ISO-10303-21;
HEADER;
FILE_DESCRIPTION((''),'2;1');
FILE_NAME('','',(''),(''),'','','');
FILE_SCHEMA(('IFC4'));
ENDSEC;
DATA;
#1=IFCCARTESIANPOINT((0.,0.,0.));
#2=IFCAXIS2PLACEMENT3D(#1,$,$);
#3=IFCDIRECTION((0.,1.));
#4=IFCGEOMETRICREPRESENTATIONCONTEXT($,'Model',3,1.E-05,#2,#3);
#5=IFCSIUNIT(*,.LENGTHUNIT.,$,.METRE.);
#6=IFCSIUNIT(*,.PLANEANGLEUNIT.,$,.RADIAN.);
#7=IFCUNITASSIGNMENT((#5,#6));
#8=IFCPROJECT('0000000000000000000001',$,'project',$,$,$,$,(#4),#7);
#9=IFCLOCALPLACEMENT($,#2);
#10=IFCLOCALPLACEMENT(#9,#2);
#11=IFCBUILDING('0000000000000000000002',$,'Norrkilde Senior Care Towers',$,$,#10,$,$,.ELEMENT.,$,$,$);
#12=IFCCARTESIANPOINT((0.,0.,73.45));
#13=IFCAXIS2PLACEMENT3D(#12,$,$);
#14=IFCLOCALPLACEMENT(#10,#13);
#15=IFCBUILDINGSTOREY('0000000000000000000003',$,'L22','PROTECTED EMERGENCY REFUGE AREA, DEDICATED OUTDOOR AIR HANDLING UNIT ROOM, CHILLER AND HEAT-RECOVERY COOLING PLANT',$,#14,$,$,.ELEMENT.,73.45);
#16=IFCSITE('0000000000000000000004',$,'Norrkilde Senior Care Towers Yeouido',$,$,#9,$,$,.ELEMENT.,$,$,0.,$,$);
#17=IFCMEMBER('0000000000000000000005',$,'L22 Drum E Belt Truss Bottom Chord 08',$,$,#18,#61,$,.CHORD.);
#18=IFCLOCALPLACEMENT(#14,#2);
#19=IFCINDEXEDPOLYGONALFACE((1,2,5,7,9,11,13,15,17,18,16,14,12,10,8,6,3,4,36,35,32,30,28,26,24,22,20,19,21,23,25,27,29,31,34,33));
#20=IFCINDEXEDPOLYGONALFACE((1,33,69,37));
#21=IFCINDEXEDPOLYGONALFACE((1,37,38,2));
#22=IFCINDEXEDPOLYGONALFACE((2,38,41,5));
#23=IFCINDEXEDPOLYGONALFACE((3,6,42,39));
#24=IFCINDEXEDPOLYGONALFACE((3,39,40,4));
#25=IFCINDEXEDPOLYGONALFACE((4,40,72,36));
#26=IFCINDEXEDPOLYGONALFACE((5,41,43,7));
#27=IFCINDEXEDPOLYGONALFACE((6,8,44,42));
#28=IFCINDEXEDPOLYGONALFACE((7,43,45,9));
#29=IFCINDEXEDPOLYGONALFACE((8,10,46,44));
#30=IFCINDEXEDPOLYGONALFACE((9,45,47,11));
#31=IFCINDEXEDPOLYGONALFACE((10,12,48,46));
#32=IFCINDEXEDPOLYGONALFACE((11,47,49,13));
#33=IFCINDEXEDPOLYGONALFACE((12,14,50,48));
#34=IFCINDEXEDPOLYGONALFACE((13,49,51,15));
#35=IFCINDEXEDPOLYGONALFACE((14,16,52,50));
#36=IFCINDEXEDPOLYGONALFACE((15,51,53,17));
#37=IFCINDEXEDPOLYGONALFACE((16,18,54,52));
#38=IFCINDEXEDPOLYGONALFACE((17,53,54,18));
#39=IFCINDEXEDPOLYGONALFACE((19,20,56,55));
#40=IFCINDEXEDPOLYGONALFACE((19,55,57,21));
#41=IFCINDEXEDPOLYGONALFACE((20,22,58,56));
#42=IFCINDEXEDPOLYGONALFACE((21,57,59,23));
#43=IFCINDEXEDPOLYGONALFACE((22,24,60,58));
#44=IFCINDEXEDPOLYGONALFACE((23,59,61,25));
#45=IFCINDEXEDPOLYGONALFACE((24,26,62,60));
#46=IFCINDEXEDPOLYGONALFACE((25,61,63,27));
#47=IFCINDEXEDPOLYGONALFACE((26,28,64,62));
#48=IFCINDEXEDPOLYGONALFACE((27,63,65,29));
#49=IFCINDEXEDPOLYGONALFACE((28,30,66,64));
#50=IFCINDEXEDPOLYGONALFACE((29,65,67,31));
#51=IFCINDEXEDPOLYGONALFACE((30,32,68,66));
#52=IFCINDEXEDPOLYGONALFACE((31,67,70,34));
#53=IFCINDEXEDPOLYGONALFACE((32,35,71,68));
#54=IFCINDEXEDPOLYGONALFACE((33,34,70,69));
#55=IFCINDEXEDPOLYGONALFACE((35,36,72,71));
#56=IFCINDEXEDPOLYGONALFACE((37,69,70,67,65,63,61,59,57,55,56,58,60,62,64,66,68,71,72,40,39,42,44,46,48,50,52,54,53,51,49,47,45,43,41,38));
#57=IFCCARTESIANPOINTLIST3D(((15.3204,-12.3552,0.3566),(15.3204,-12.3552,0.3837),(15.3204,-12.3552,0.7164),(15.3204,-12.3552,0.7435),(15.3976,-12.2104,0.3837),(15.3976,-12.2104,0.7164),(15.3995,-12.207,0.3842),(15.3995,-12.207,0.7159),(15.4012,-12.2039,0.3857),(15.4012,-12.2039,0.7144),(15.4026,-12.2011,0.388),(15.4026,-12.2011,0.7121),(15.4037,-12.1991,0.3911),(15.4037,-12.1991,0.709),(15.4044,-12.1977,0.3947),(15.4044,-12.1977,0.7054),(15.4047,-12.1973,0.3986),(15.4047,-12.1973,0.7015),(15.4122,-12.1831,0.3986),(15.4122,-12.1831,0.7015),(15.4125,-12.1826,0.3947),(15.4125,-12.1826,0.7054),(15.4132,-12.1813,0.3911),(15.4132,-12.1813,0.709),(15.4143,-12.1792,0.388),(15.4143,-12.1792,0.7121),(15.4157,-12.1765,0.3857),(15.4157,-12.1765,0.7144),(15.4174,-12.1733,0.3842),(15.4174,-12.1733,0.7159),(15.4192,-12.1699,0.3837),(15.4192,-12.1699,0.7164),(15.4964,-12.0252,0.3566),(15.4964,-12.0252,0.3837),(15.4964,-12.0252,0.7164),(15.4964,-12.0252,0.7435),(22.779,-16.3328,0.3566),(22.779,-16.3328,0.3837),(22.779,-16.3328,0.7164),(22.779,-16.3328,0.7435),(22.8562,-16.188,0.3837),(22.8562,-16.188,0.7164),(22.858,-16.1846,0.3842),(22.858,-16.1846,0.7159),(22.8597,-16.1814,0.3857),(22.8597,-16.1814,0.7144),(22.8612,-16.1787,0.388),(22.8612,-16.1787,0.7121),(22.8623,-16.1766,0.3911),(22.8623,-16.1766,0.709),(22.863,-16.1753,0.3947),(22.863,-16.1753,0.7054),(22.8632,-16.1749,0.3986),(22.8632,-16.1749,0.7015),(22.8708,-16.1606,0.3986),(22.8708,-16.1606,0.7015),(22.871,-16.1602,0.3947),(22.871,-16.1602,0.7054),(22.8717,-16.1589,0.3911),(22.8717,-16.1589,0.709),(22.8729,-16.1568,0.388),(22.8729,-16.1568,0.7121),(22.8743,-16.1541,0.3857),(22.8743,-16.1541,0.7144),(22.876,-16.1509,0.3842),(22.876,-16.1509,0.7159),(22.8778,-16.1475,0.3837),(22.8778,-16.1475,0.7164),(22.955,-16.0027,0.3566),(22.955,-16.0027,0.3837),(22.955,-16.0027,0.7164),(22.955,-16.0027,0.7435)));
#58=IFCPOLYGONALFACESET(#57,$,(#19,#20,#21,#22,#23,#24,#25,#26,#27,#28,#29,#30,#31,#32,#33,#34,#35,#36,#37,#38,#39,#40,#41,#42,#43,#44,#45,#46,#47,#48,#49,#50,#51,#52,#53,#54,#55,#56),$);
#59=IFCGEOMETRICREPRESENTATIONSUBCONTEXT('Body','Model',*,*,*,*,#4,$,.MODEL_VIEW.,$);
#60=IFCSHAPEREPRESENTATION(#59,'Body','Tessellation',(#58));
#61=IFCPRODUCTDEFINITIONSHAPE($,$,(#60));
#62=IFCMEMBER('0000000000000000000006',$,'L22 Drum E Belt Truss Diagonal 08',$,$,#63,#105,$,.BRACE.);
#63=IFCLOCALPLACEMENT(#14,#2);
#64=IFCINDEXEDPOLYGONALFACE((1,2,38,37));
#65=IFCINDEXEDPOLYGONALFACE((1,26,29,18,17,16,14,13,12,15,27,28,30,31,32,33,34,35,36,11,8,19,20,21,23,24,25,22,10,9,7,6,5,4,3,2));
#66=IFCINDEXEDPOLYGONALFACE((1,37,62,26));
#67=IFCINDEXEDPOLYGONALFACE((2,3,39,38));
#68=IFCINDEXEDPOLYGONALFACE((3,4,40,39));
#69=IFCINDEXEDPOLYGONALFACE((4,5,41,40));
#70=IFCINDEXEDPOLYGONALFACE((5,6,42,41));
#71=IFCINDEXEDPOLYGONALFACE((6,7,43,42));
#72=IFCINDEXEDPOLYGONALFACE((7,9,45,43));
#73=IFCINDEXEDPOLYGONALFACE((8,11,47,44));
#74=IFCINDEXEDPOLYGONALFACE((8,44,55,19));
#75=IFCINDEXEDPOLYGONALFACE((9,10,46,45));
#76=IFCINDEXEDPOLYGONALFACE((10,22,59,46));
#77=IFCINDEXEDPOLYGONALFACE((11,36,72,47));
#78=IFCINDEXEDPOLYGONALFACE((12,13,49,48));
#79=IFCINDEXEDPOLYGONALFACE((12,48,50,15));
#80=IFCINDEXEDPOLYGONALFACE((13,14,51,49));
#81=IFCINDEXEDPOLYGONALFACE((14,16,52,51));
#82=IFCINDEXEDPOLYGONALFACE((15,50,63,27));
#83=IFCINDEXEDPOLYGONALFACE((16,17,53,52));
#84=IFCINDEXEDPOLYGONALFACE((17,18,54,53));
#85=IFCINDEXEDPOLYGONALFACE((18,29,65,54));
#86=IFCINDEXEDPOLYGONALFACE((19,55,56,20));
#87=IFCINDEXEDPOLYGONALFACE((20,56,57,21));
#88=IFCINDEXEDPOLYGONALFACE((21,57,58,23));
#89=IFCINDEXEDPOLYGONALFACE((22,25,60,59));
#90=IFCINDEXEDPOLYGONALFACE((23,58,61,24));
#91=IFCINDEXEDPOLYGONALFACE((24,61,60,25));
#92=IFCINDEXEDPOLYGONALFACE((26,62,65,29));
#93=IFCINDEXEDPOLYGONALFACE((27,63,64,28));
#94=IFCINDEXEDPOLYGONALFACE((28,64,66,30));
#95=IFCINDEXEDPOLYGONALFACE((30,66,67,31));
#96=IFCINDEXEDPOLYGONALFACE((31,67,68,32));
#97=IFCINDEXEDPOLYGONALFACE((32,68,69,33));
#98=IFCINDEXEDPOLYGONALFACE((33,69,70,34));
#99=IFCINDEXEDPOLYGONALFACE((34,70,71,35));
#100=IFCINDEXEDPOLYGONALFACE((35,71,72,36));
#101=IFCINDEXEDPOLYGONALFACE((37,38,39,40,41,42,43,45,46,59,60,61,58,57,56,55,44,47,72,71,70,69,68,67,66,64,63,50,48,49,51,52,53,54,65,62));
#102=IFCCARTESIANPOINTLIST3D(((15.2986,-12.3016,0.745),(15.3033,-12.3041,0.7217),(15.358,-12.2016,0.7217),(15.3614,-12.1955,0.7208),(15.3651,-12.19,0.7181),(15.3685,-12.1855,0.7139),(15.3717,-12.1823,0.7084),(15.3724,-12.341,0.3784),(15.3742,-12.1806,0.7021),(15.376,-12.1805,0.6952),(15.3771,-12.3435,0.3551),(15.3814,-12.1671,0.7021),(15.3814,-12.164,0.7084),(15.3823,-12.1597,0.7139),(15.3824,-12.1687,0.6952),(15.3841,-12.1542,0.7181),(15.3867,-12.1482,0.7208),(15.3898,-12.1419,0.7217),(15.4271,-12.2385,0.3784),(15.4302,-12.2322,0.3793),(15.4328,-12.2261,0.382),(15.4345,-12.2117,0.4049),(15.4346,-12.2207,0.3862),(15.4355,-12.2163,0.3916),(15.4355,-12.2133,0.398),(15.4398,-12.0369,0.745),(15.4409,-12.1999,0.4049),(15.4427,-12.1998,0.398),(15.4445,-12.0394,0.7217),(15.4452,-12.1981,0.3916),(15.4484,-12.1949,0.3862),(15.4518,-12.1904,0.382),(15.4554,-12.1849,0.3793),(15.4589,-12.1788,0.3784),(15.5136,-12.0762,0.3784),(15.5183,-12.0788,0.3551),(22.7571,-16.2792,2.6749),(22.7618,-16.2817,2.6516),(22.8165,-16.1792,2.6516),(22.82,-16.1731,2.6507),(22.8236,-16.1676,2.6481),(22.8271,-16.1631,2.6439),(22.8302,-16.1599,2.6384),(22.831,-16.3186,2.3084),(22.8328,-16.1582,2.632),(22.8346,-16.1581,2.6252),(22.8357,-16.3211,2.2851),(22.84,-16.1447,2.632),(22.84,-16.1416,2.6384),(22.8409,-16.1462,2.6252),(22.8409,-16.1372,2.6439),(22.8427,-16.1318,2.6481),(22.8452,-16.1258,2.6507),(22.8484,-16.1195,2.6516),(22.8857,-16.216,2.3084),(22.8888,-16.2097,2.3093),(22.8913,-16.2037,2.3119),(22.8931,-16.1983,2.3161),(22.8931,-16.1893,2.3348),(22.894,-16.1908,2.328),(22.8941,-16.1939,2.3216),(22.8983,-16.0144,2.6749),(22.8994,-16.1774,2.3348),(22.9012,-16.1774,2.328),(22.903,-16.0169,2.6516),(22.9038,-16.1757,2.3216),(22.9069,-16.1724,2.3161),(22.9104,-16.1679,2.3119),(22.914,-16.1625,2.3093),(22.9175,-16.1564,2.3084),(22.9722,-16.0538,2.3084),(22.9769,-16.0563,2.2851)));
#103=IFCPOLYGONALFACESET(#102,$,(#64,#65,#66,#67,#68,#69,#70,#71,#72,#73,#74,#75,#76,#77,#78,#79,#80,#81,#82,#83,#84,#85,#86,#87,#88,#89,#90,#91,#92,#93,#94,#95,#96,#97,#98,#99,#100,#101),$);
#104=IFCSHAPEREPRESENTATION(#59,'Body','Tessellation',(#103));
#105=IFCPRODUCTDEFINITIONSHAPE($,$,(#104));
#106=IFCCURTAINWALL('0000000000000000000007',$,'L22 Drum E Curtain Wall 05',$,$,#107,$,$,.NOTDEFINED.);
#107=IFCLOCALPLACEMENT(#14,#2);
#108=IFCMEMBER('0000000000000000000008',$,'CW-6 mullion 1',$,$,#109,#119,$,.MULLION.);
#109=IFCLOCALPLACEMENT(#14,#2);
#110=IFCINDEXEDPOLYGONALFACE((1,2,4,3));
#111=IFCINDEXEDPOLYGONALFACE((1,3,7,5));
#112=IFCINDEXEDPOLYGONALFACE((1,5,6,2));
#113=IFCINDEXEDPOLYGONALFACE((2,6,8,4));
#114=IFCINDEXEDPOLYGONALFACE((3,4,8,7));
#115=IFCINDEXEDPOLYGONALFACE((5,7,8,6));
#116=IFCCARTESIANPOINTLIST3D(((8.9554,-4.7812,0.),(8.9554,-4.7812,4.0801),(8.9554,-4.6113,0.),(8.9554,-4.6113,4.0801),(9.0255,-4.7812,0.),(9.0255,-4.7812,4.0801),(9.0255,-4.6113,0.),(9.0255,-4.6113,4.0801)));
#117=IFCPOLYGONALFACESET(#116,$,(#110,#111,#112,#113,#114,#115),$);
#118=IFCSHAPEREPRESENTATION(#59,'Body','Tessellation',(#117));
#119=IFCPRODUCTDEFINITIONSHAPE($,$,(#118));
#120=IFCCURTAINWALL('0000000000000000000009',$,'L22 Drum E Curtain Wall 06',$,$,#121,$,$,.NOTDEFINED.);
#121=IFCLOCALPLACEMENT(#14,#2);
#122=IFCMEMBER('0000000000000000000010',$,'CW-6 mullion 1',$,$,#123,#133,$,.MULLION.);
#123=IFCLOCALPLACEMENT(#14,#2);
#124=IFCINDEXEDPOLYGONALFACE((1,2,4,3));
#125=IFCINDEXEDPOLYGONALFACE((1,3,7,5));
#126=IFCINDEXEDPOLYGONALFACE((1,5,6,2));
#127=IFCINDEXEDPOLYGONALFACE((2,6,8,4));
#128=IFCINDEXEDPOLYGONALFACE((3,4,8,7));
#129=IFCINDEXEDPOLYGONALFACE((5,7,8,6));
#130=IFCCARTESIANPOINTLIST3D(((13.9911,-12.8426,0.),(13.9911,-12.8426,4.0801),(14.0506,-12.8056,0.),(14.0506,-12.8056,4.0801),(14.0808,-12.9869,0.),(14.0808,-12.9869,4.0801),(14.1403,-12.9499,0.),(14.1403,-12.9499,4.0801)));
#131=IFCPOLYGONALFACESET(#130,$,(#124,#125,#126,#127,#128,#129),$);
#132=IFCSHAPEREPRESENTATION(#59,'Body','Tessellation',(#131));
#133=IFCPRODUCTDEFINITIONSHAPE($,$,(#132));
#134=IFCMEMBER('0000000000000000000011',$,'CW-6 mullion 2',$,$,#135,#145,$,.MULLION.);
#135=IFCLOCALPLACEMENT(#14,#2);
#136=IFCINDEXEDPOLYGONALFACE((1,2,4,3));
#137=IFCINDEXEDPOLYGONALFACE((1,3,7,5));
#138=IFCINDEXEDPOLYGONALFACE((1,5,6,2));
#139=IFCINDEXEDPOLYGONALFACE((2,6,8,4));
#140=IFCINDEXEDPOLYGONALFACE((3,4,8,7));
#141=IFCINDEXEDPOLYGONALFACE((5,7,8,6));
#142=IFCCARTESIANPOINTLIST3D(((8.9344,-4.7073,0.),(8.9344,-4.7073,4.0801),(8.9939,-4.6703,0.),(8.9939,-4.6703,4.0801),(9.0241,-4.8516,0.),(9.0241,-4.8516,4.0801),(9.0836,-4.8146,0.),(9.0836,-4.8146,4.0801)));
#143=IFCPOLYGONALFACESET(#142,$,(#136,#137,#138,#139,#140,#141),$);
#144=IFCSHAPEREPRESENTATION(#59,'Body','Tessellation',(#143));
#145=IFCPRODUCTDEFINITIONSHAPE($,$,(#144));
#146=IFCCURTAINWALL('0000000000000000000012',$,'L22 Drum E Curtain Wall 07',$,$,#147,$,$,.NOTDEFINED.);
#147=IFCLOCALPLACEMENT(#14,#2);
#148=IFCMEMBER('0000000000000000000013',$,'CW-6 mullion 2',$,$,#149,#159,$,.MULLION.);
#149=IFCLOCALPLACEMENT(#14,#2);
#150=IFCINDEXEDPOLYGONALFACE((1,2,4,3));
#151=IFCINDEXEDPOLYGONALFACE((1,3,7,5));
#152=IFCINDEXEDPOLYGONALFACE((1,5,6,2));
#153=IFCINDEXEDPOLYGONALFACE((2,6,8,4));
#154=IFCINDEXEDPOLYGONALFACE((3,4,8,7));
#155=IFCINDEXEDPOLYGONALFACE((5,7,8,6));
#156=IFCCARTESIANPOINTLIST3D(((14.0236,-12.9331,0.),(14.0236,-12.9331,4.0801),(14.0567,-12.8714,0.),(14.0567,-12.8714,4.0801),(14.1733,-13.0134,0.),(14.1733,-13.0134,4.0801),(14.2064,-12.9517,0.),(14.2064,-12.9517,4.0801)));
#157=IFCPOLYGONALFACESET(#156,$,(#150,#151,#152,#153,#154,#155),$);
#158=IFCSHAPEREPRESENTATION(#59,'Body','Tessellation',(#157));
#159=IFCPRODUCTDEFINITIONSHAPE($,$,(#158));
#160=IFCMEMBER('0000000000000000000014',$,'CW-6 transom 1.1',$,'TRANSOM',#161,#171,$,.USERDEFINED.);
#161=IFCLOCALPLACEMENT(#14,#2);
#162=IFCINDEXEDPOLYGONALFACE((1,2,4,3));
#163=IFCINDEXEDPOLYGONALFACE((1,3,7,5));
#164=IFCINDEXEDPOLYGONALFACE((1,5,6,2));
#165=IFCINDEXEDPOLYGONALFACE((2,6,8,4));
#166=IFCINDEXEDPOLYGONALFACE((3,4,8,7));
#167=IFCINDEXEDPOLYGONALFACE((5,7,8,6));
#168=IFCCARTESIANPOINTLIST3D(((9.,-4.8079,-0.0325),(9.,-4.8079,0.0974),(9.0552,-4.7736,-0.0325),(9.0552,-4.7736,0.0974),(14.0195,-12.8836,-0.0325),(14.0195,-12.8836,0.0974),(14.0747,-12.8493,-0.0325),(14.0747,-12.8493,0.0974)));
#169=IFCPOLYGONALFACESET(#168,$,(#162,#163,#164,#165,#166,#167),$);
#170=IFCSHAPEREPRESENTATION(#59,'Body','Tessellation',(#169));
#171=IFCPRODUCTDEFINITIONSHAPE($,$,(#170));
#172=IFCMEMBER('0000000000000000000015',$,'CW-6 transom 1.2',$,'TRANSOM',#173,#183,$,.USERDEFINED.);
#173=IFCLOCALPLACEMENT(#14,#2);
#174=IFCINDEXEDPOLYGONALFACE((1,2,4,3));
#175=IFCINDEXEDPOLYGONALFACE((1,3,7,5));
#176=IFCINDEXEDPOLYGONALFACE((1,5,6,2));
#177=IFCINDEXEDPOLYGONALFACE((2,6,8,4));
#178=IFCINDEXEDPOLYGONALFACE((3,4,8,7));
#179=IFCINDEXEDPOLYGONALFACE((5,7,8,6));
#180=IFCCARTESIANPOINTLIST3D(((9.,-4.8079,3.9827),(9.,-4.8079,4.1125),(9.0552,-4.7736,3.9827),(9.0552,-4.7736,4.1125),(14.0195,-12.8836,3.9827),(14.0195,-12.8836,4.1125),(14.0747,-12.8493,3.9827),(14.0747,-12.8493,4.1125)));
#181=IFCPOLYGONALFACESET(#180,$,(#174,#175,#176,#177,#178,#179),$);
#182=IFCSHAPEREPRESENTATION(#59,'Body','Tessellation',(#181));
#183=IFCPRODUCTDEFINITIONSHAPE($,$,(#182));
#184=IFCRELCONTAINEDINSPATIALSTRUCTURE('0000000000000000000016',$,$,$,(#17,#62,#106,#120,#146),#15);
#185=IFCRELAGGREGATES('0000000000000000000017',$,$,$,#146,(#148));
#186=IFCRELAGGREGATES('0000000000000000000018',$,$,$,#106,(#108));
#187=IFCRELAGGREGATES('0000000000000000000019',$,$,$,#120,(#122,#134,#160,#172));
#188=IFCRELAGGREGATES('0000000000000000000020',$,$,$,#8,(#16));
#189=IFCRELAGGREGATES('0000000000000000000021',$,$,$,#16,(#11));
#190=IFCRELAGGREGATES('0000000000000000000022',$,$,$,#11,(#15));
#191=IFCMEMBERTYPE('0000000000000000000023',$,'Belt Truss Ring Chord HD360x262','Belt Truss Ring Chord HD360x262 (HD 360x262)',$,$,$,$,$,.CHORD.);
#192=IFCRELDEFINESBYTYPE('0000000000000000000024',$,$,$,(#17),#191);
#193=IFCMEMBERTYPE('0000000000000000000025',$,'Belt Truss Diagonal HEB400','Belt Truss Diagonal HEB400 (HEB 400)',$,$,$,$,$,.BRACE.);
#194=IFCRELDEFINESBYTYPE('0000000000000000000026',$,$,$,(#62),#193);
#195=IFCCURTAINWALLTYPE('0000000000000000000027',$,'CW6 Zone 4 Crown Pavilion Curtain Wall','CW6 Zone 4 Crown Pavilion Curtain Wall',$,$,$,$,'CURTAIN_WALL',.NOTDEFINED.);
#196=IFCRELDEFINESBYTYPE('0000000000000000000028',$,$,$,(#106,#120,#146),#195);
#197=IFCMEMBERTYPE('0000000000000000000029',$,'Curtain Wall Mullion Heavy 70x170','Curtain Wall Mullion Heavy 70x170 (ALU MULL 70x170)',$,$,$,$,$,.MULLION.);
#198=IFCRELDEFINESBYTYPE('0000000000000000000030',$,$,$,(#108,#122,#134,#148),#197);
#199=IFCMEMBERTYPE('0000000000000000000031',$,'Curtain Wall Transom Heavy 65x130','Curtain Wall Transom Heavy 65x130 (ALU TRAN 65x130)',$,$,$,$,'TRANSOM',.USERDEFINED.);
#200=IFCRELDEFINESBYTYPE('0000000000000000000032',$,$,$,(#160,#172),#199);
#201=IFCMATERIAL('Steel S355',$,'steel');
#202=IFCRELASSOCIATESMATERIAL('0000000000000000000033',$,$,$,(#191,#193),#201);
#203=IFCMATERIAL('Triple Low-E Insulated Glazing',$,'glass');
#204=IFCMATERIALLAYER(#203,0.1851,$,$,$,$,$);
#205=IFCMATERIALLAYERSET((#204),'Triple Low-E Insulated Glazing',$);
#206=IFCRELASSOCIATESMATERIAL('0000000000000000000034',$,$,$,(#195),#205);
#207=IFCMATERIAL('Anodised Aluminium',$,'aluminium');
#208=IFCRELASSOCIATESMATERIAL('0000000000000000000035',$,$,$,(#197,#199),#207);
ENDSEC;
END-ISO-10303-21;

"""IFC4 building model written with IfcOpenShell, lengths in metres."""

from ifc_helpers import new_model, si_unit, direction, frame, origin, origin_2d, place, context, subcontext, project, spatial, rectangle, i_section, extrude, source, transform, mapped, material, layer, layer_set, material_profile, profile_set, type_object, type_shapes, element, aggregate, save


model = new_model("IFC4")

# Units and contexts
model_context = context("Model", 3, precision=1e-05, world=origin(), true_north=direction((0.0, 1.0)))
body_context = subcontext(model_context, "Body", "Model", "MODEL_VIEW")
ifc_project = project(units=[si_unit("LENGTHUNIT", "METRE"), si_unit("PLANEANGLEUNIT", "RADIAN")], contexts=[model_context])

# Site, building, storey
site_placement = place(None, origin())
site = spatial("IfcSite", under=ifc_project, at=site_placement, Name="Norrkilde Senior Care Towers Yeouido", CompositionType="ELEMENT", RefElevation=0.0)
building_placement = place(site_placement, origin())
building = spatial("IfcBuilding", under=site, at=building_placement, Name="Norrkilde Senior Care Towers", CompositionType="ELEMENT")
storey_placement = place(building_placement, frame((0.0, 0.0, 73.45)))
storey = spatial("IfcBuildingStorey", under=building, at=storey_placement, Name="L22", Description="PROTECTED EMERGENCY REFUGE AREA, DEDICATED OUTDOOR AIR HANDLING UNIT ROOM, CHILLER AND HEAT-RECOVERY COOLING PLANT", CompositionType="ELEMENT", Elevation=73.45)

# Members
ifc_material_1 = material(Name="Steel S355", Category="steel")
ifc_material_profile_1 = material_profile(ifc_material_1, i_section(OverallWidth=0.374, OverallDepth=0.387, WebThickness=0.0161, FlangeThickness=0.0271, FilletRadius=0.0149, at=origin_2d()), Name="HD 360x262")
ifc_profile_set_1 = profile_set([ifc_material_profile_1], Name="Steel S355")
member_type_1 = type_object("IfcMemberType", Name="Belt Truss Ring Chord HD360x262", Description="Belt Truss Ring Chord HD360x262 (HD 360x262)", PredefinedType="CHORD", material=ifc_profile_set_1)
ifc_material_profile_2 = material_profile(ifc_material_1, i_section(OverallWidth=0.3, OverallDepth=0.3999, WebThickness=0.0134, FlangeThickness=0.0239, FilletRadius=0.0271, at=origin_2d()), Name="HEB 400")
ifc_profile_set_2 = profile_set([ifc_material_profile_2], Name="Steel S355")
member_type_2 = type_object("IfcMemberType", Name="Belt Truss Diagonal HEB400", Description="Belt Truss Diagonal HEB400 (HEB 400)", PredefinedType="BRACE", material=ifc_profile_set_2)
shared_shape_1 = source(origin(), body_context, "Body", "SweptSolid", [
    extrude(i_section(OverallWidth=0.374, OverallDepth=0.387, WebThickness=0.0161, FlangeThickness=0.0271, FilletRadius=0.0149, at=origin_2d()), origin(), (0.0, 0.0, 1.0), 8.4529),
])
member_1_placement = place(storey_placement, frame((15.4084, -12.1902, 0.55), z_axis=(0.882369, -0.470558, 0.0), x_axis=(0.470558, 0.882369, 0.0)))
element("IfcMember", 1, at=member_1_placement, inside=storey, type_object=member_type_1, Name="L22 Drum E Belt Truss Bottom Chord 08", PredefinedType="CHORD", context=body_context, shape_type="MappedRepresentation", body=[
    mapped(shared_shape_1, transform((0.0, 0.0, 0.0), x_axis=(1.0, 0.0, 0.0), y_axis=(0.0, 1.0, 0.0), z_axis=(0.0, 0.0, 1.0), scale=1.0)),
])
shared_shape_2 = source(origin(), body_context, "Body", "SweptSolid", [
    extrude(i_section(OverallWidth=0.3, OverallDepth=0.3999, WebThickness=0.0134, FlangeThickness=0.0239, FilletRadius=0.0271, at=origin_2d()), origin(), (0.0, 0.0, 1.0), 8.6704),
])
member_2_placement = place(storey_placement, frame((15.4084, -12.1902, 0.55), z_axis=(0.860232, -0.458753, 0.22259), x_axis=(0.470558, 0.882369, 0.0)))
element("IfcMember", 2, at=member_2_placement, inside=storey, type_object=member_type_2, Name="L22 Drum E Belt Truss Diagonal 08", PredefinedType="BRACE", context=body_context, shape_type="MappedRepresentation", body=[
    mapped(shared_shape_2, transform((0.0, 0.0, 0.0), x_axis=(1.0, 0.0, 0.0), y_axis=(0.0, 1.0, 0.0), z_axis=(0.0, 0.0, 1.0), scale=1.0)),
])

# Curtain wall, member
ifc_material_2 = material(Name="Triple Low-E Insulated Glazing", Category="glass")
ifc_layer_1 = layer(ifc_material_2, 0.1851)
ifc_layer_set_1 = layer_set([ifc_layer_1], Name="Triple Low-E Insulated Glazing")
curtain_wall_type = type_object("IfcCurtainWallType", Name="CW6 Zone 4 Crown Pavilion Curtain Wall", Description="CW6 Zone 4 Crown Pavilion Curtain Wall", ElementType="CURTAIN_WALL", PredefinedType="NOTDEFINED", material=ifc_layer_set_1)
curtain_wall_1_placement = place(storey_placement, origin())
curtain_wall_1 = element("IfcCurtainWall", 3, at=curtain_wall_1_placement, inside=storey, type_object=curtain_wall_type, Name="L22 Drum E Curtain Wall 05", PredefinedType="NOTDEFINED")
ifc_material_3 = material(Name="Anodised Aluminium", Category="aluminium")
ifc_material_profile_3 = material_profile(ifc_material_3, rectangle(XDim=0.0701, YDim=0.1699, at=origin_2d()), Name="ALU MULL 70x170")
ifc_profile_set_3 = profile_set([ifc_material_profile_3], Name="Anodised Aluminium")
member_type_3 = type_object("IfcMemberType", Name="Curtain Wall Mullion Heavy 70x170", Description="Curtain Wall Mullion Heavy 70x170 (ALU MULL 70x170)", PredefinedType="MULLION", material=ifc_profile_set_3)
shared_shape_3 = source(origin(), body_context, "Body", "SweptSolid", [
    extrude(rectangle(XDim=0.0701, YDim=0.1699, at=origin_2d()), origin(), (0.0, 0.0, 1.0), 4.0801),
])
type_shapes(member_type_3, [shared_shape_3])
member_3_placement = place(storey_placement, frame((8.9905, -4.6963, 0.0), z_axis=(0.0, 0.0, 1.0), x_axis=(-1.0, 0.0, 0.0)))
member_3 = element("IfcMember", 4, at=member_3_placement, type_object=member_type_3, Name="CW-6 mullion 1", PredefinedType="MULLION", context=body_context, shape_type="MappedRepresentation", body=[
    mapped(shared_shape_3, transform((0.0, 0.0, 0.0), x_axis=(1.0, 0.0, 0.0), y_axis=(0.0, 1.0, 0.0), z_axis=(0.0, 0.0, 1.0), scale=1.0)),
])

# Curtain wall, members
curtain_wall_2_placement = place(storey_placement, origin())
curtain_wall_2 = element("IfcCurtainWall", 5, at=curtain_wall_2_placement, inside=storey, type_object=curtain_wall_type, Name="L22 Drum E Curtain Wall 06", PredefinedType="NOTDEFINED")
member_4_placement = place(storey_placement, frame((14.0657, -12.8962, 0.0), z_axis=(0.0, 0.0, 1.0), x_axis=(-0.849306, -0.527901, 0.0)))
member_4 = element("IfcMember", 6, at=member_4_placement, type_object=member_type_3, Name="CW-6 mullion 1", PredefinedType="MULLION", context=body_context, shape_type="MappedRepresentation", body=[
    mapped(shared_shape_3, transform((0.0, 0.0, 0.0), x_axis=(1.0, 0.0, 0.0), y_axis=(0.0, 1.0, 0.0), z_axis=(0.0, 0.0, 1.0), scale=1.0)),
])
member_5_placement = place(storey_placement, frame((9.009, -4.761, 0.0), z_axis=(0.0, 0.0, 1.0), x_axis=(-0.849306, -0.527901, 0.0)))
member_5 = element("IfcMember", 7, at=member_5_placement, type_object=member_type_3, Name="CW-6 mullion 2", PredefinedType="MULLION", context=body_context, shape_type="MappedRepresentation", body=[
    mapped(shared_shape_3, transform((0.0, 0.0, 0.0), x_axis=(1.0, 0.0, 0.0), y_axis=(0.0, 1.0, 0.0), z_axis=(0.0, 0.0, 1.0), scale=1.0)),
])

# Curtain wall, member
curtain_wall_3_placement = place(storey_placement, origin())
curtain_wall_3 = element("IfcCurtainWall", 8, at=curtain_wall_3_placement, inside=storey, type_object=curtain_wall_type, Name="L22 Drum E Curtain Wall 07", PredefinedType="NOTDEFINED")
member_6_placement = place(storey_placement, frame((14.115, -12.9424, 0.0), z_axis=(0.0, 0.0, 1.0), x_axis=(-0.472608, -0.881273, 0.0)))
member_6 = element("IfcMember", 9, at=member_6_placement, type_object=member_type_3, Name="CW-6 mullion 2", PredefinedType="MULLION", context=body_context, shape_type="MappedRepresentation", body=[
    mapped(shared_shape_3, transform((0.0, 0.0, 0.0), x_axis=(1.0, 0.0, 0.0), y_axis=(0.0, 1.0, 0.0), z_axis=(0.0, 0.0, 1.0), scale=1.0)),
])
aggregate(curtain_wall_3, [member_6])

# Members
ifc_material_profile_4 = material_profile(ifc_material_3, rectangle(XDim=0.0649, YDim=0.1299, at=origin_2d()), Name="ALU TRAN 65x130")
ifc_profile_set_4 = profile_set([ifc_material_profile_4], Name="Anodised Aluminium")
member_type_4 = type_object("IfcMemberType", Name="Curtain Wall Transom Heavy 65x130", Description="Curtain Wall Transom Heavy 65x130 (ALU TRAN 65x130)", ElementType="TRANSOM", PredefinedType="USERDEFINED", material=ifc_profile_set_4)
shared_shape_4 = source(origin(), body_context, "Body", "SweptSolid", [
    extrude(rectangle(XDim=0.0649, YDim=0.1299, at=origin_2d()), origin(), (0.0, 0.0, 1.0), 9.5085),
])
member_7_placement = place(storey_placement, frame((14.0471, -12.8665, 0.0325), z_axis=(-0.527897, 0.849308, 0.0), x_axis=(-0.849308, -0.527897, 0.0)))
member_7 = element("IfcMember", 10, at=member_7_placement, type_object=member_type_4, Name="CW-6 transom 1.1", ObjectType="TRANSOM", PredefinedType="USERDEFINED", context=body_context, shape_type="MappedRepresentation", body=[
    mapped(shared_shape_4, transform((0.0, 0.0, 0.0), x_axis=(1.0, 0.0, 0.0), y_axis=(0.0, 1.0, 0.0), z_axis=(0.0, 0.0, 1.0), scale=1.0)),
])
member_8_placement = place(storey_placement, frame((14.0471, -12.8665, 4.0476), z_axis=(-0.527897, 0.849308, 0.0), x_axis=(-0.849308, -0.527897, 0.0)))
member_8 = element("IfcMember", 11, at=member_8_placement, type_object=member_type_4, Name="CW-6 transom 1.2", ObjectType="TRANSOM", PredefinedType="USERDEFINED", context=body_context, shape_type="MappedRepresentation", body=[
    mapped(shared_shape_4, transform((0.0, 0.0, 0.0), x_axis=(1.0, 0.0, 0.0), y_axis=(0.0, 1.0, 0.0), z_axis=(0.0, 0.0, 1.0), scale=1.0)),
])
aggregate(curtain_wall_1, [member_3])

aggregate(curtain_wall_2, [member_4, member_5, member_7, member_8])

save(model, "model.ifc")
